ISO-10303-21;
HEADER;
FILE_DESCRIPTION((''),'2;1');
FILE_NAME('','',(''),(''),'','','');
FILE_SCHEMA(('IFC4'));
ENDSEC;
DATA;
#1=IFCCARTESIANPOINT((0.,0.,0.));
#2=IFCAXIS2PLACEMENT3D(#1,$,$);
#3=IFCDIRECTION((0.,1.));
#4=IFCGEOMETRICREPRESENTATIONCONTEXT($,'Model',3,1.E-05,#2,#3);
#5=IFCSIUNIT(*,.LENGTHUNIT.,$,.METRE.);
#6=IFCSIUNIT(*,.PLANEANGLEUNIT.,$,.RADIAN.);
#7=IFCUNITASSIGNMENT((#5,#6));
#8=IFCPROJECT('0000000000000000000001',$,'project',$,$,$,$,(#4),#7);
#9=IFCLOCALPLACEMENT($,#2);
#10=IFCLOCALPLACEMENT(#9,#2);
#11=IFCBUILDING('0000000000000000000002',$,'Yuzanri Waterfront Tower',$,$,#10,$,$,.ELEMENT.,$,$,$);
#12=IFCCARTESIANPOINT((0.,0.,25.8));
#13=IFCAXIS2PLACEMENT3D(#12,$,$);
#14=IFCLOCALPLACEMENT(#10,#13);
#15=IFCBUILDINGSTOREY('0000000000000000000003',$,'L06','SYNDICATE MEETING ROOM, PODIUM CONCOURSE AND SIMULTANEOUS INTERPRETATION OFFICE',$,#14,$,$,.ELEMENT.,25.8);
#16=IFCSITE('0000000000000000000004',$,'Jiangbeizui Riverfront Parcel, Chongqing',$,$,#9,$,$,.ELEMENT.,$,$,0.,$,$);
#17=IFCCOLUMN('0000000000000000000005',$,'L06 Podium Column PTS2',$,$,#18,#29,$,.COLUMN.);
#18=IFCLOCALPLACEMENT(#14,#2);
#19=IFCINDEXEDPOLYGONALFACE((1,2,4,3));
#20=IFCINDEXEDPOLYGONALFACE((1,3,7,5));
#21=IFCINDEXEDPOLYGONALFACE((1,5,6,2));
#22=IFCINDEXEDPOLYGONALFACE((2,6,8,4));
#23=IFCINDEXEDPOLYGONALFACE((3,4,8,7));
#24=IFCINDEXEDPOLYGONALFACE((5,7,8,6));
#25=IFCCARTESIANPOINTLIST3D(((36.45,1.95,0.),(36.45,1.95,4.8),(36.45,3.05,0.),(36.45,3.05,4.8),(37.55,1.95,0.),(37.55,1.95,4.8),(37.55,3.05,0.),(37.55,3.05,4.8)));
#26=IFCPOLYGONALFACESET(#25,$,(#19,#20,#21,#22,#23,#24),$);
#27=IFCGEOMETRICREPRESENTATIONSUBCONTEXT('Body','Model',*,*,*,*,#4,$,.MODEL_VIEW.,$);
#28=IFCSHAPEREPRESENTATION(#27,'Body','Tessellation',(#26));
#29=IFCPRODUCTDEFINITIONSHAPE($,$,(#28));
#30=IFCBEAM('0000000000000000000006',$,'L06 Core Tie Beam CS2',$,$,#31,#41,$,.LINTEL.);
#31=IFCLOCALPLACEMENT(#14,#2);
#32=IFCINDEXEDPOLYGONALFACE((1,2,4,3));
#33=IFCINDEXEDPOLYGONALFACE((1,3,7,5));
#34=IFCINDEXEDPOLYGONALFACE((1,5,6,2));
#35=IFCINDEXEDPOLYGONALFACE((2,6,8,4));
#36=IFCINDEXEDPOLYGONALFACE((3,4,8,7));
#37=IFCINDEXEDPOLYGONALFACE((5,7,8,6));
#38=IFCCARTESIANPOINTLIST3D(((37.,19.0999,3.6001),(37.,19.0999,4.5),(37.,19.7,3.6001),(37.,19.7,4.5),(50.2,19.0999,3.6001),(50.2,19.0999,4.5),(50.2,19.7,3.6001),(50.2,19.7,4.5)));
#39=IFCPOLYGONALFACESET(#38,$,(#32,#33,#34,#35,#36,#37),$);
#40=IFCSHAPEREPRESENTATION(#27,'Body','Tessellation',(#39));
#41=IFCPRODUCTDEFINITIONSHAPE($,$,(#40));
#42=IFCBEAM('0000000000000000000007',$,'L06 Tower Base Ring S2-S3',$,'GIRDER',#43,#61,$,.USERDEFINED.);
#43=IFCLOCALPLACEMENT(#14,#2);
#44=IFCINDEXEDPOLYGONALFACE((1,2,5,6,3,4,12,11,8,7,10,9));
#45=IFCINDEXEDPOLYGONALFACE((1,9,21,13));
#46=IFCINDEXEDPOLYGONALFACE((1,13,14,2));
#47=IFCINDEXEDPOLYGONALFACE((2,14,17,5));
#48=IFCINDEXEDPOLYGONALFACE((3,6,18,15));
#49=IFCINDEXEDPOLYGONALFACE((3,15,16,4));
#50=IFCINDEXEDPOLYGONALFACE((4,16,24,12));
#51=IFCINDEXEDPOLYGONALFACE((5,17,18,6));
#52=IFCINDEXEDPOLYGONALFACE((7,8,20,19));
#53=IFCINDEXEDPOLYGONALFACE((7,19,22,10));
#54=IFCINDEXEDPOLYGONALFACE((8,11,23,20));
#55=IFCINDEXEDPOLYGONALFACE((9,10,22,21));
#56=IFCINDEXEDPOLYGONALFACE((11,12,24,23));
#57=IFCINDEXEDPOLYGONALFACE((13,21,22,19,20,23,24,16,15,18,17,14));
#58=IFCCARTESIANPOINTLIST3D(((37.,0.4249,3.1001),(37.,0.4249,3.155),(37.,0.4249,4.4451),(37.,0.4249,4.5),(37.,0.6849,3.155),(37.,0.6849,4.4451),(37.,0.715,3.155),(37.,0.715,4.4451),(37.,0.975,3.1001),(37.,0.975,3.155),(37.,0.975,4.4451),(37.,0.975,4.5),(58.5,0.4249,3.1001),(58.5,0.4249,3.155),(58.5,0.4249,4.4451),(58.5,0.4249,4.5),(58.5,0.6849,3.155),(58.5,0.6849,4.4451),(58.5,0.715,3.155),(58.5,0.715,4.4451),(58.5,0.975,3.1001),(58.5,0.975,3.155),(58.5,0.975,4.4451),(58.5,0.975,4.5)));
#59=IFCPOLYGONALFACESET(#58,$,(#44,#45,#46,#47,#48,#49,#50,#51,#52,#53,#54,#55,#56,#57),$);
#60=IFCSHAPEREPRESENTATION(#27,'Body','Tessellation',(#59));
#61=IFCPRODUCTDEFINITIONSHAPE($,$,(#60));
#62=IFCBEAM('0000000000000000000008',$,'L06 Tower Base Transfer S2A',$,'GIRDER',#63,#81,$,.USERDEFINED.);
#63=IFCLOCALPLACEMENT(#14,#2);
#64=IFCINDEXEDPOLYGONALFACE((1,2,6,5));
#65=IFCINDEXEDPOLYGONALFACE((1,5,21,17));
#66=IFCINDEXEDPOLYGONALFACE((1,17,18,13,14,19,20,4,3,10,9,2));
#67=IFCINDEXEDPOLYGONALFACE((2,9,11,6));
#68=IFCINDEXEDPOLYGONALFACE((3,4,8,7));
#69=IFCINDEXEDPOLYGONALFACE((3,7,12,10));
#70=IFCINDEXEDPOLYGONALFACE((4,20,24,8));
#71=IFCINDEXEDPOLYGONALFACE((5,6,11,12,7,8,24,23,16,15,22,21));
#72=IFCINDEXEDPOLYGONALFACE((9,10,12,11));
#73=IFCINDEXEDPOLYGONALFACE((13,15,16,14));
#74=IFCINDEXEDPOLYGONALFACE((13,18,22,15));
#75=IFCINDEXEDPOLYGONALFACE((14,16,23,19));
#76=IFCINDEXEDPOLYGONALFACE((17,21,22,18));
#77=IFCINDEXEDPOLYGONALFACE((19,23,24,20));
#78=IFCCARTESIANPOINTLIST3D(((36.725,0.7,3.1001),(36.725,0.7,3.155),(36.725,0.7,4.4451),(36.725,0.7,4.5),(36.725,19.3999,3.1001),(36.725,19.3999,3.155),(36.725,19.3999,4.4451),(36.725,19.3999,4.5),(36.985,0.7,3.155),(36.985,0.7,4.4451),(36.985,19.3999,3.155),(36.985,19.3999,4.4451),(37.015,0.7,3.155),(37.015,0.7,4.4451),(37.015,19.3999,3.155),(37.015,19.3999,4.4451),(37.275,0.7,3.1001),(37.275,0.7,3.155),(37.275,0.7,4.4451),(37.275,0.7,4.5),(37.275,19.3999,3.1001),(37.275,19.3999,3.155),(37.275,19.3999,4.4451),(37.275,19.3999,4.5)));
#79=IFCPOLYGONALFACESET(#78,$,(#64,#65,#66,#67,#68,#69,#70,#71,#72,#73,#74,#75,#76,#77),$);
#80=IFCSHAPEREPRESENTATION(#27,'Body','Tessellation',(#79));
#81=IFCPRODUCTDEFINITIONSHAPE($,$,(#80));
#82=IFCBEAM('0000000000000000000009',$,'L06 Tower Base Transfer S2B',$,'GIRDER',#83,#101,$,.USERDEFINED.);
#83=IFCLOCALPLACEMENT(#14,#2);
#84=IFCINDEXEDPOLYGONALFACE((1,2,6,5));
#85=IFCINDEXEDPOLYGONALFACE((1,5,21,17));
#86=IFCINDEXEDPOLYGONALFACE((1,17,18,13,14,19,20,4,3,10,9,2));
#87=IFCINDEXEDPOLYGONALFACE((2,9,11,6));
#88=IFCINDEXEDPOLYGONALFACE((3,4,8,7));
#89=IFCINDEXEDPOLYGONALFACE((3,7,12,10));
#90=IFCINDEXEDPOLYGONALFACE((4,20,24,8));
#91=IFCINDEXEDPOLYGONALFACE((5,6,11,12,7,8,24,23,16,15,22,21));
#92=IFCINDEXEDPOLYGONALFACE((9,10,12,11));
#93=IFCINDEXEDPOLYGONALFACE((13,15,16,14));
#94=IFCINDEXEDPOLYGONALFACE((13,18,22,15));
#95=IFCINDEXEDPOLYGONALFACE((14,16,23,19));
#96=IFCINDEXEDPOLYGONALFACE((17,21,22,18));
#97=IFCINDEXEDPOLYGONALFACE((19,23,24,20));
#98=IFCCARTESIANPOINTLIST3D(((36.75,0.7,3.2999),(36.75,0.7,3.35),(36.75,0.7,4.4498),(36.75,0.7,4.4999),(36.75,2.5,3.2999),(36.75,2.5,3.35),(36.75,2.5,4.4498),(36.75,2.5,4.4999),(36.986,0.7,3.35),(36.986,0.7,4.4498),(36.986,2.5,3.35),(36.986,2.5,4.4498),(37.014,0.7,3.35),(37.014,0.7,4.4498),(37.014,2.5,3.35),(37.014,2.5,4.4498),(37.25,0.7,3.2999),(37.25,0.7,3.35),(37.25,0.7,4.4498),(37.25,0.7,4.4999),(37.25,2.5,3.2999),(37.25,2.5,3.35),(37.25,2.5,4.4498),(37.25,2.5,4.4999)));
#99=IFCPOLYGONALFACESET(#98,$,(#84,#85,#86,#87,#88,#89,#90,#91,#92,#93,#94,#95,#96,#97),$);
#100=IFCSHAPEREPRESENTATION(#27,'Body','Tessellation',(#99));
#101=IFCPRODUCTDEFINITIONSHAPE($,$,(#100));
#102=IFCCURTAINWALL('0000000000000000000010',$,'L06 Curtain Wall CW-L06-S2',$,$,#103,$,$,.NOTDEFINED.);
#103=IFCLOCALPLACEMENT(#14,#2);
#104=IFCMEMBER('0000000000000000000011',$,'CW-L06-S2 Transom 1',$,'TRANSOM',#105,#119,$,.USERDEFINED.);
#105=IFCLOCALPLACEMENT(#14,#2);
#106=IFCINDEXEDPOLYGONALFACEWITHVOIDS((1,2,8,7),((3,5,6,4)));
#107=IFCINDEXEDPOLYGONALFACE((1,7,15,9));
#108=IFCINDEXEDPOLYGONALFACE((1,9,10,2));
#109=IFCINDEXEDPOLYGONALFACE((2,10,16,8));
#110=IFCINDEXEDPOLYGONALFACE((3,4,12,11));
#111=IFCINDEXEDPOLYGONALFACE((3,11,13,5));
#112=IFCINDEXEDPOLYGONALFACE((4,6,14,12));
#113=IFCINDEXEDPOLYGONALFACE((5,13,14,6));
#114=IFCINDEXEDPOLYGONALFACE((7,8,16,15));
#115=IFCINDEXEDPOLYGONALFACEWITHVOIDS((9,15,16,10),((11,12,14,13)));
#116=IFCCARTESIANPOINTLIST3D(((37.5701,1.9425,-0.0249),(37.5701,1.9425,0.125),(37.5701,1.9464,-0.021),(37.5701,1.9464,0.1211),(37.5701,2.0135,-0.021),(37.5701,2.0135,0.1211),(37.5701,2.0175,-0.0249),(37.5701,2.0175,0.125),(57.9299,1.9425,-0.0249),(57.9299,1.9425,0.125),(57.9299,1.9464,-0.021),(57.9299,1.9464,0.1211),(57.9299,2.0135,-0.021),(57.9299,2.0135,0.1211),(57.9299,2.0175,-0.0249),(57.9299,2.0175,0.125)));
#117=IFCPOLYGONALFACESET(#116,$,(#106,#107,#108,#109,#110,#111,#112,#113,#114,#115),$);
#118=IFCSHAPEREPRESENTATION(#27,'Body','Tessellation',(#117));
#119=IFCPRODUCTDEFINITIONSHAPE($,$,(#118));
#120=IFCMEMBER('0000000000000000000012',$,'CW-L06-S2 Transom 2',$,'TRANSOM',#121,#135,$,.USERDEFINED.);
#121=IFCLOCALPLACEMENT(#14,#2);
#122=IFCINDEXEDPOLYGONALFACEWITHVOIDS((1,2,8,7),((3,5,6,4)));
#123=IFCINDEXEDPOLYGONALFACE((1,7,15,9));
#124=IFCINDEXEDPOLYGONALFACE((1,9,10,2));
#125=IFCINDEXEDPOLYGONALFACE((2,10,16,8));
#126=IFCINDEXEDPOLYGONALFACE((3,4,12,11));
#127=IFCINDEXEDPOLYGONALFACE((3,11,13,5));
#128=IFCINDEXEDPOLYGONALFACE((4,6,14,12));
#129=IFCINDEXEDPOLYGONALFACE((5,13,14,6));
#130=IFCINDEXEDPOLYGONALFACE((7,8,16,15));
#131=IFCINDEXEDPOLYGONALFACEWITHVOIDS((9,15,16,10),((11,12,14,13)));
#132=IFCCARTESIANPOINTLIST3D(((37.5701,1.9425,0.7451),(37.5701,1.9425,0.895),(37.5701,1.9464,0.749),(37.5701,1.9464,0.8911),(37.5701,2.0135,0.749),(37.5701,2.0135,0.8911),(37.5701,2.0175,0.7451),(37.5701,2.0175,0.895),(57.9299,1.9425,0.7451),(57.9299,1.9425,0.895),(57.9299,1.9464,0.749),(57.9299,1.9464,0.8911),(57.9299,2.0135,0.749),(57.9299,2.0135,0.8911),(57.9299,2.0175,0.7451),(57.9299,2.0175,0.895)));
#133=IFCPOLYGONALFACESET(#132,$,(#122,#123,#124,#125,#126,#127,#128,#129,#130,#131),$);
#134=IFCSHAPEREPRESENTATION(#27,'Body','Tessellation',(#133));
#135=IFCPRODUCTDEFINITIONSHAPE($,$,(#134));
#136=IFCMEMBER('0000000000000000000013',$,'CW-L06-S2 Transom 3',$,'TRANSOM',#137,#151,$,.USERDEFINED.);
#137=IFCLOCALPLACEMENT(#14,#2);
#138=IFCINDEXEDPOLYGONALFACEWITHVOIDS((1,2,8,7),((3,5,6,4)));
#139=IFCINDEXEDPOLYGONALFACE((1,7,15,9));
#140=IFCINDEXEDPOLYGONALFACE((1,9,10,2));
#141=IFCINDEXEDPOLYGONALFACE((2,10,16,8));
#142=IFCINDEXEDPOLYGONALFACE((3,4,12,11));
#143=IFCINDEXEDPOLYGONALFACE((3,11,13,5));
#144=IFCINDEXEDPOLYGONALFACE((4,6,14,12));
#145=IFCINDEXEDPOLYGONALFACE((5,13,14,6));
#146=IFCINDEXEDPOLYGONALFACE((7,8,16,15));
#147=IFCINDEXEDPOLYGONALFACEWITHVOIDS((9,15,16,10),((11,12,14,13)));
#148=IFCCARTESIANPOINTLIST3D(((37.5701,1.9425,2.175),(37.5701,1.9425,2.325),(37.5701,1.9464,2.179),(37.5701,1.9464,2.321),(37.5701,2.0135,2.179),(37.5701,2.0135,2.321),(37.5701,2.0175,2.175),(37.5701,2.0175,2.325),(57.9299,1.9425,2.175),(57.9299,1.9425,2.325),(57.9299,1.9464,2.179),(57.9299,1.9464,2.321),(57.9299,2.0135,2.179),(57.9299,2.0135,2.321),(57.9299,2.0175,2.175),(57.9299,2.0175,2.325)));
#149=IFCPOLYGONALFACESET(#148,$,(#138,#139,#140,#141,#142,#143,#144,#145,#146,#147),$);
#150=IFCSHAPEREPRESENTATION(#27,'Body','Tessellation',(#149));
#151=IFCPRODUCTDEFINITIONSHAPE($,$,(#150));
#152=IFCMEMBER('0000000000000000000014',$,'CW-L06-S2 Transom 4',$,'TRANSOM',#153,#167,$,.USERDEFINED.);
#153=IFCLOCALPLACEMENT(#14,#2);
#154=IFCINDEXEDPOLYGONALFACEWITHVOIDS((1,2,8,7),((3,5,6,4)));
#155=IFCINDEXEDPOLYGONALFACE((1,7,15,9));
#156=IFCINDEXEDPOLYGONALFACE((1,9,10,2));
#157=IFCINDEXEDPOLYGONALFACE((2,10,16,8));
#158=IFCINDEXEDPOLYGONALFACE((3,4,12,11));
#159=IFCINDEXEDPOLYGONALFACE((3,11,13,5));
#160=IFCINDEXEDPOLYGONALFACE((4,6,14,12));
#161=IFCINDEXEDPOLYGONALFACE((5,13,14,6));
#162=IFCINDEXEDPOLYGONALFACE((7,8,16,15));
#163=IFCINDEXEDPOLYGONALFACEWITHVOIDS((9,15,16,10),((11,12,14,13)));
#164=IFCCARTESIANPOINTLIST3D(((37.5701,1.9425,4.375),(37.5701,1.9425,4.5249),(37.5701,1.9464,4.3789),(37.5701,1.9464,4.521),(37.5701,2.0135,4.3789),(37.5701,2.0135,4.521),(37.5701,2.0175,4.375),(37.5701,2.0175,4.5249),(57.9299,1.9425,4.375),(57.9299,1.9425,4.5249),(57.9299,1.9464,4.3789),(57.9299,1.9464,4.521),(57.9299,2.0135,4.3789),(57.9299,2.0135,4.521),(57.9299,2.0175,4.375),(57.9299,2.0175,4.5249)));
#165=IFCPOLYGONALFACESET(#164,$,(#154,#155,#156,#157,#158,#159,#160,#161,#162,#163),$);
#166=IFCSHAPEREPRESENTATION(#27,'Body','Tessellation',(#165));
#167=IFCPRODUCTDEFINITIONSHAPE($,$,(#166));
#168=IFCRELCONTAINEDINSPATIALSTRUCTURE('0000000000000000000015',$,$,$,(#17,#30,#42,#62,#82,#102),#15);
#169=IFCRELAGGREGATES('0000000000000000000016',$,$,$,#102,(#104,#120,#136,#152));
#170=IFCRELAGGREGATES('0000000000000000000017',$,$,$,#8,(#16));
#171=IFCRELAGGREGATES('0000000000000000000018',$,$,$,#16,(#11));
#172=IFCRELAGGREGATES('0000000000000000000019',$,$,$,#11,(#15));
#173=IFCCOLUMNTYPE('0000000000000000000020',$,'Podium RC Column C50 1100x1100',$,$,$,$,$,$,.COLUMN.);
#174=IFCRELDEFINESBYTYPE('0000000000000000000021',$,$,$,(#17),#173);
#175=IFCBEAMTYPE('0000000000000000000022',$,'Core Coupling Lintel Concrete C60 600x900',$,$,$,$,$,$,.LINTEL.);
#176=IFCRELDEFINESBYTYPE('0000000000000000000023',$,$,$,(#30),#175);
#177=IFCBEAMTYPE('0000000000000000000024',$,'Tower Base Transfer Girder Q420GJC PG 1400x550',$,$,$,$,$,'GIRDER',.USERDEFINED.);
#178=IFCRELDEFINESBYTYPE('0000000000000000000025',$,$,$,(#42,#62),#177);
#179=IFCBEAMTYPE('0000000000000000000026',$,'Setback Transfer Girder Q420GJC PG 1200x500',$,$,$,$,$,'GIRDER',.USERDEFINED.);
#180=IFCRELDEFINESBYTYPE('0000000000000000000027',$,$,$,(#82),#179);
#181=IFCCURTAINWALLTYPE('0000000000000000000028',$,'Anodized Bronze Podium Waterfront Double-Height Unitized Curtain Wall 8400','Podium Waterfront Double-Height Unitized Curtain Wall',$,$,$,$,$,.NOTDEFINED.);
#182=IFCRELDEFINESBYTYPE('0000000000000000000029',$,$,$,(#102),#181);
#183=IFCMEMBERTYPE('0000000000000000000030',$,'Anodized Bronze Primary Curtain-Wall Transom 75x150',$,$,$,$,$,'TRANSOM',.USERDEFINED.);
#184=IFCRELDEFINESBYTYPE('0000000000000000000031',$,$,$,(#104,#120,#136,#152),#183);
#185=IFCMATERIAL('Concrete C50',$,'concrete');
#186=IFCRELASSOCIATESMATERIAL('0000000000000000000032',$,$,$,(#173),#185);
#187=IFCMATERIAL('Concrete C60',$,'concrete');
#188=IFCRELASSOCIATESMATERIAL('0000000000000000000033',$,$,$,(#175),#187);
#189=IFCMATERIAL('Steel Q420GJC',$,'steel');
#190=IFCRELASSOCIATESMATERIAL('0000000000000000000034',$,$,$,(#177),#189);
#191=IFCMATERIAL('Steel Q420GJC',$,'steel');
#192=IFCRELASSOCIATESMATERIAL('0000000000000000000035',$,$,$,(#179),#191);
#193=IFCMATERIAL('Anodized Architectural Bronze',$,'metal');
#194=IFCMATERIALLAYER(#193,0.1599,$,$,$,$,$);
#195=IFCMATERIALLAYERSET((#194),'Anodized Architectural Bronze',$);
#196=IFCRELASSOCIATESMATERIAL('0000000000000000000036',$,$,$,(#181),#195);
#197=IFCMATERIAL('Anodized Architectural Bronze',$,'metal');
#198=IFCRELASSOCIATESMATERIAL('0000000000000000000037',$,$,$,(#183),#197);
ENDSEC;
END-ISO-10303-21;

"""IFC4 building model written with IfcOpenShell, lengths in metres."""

from ifc_helpers import new_model, si_unit, direction, frame, origin, origin_2d, place, context, subcontext, project, spatial, rectangle, hollow_rectangle, i_section, extrude, source, transform, mapped, material, layer, layer_set, material_profile, profile_set, type_object, element, aggregate, save


model = new_model("IFC4")

# Units and contexts
model_context = context("Model", 3, precision=1e-05, world=origin(), true_north=direction((0.0, 1.0)))
body_context = subcontext(model_context, "Body", "Model", "MODEL_VIEW")
ifc_project = project(units=[si_unit("LENGTHUNIT", "METRE"), si_unit("PLANEANGLEUNIT", "RADIAN")], contexts=[model_context])

# Site, building, storey
site_placement = place(None, origin())
site = spatial("IfcSite", under=ifc_project, at=site_placement, Name="Jiangbeizui Riverfront Parcel, Chongqing", CompositionType="ELEMENT", RefElevation=0.0)
building_placement = place(site_placement, origin())
building = spatial("IfcBuilding", under=site, at=building_placement, Name="Yuzanri Waterfront Tower", CompositionType="ELEMENT")
storey_placement = place(building_placement, frame((0.0, 0.0, 25.8)))
storey = spatial("IfcBuildingStorey", under=building, at=storey_placement, Name="L06", Description="SYNDICATE MEETING ROOM, PODIUM CONCOURSE AND SIMULTANEOUS INTERPRETATION OFFICE", CompositionType="ELEMENT", Elevation=25.8)

# Column
ifc_material_1 = material(Name="Concrete C50", Category="concrete")
ifc_material_profile_1 = material_profile(ifc_material_1, rectangle(XDim=1.1001, YDim=1.1001, at=origin_2d()), Name="RC 1100x1100")
ifc_profile_set_1 = profile_set([ifc_material_profile_1], Name="Concrete C50")
column_type = type_object("IfcColumnType", Name="Podium RC Column C50 1100x1100", PredefinedType="COLUMN", material=ifc_profile_set_1)
shared_shape_1 = source(origin(), body_context, "Body", "SweptSolid", [
    extrude(rectangle(XDim=1.1001, YDim=1.1001, at=origin_2d()), origin(), (0.0, 0.0, 1.0), 4.8),
])
column_placement = place(storey_placement, frame((37.0, 2.5, 0.0), z_axis=(0.0, 0.0, 1.0), x_axis=(1.0, 0.0, 0.0)))
element("IfcColumn", 1, at=column_placement, inside=storey, type_object=column_type, Name="L06 Podium Column PTS2", PredefinedType="COLUMN", context=body_context, shape_type="MappedRepresentation", body=[
    mapped(shared_shape_1, transform((0.0, 0.0, 0.0), scale=1.0)),
])

# Beams
ifc_material_2 = material(Name="Concrete C60", Category="concrete")
ifc_material_profile_2 = material_profile(ifc_material_2, rectangle(XDim=0.6001, YDim=0.8999, at=origin_2d()), Name="RC 600x900")
ifc_profile_set_2 = profile_set([ifc_material_profile_2], Name="Concrete C60")
beam_type_1 = type_object("IfcBeamType", Name="Core Coupling Lintel Concrete C60 600x900", PredefinedType="LINTEL", material=ifc_profile_set_2)
shared_shape_2 = source(origin(), body_context, "Body", "SweptSolid", [
    extrude(rectangle(XDim=0.6001, YDim=0.8999, at=origin_2d()), origin(), (0.0, 0.0, 1.0), 13.2),
])
beam_1_placement = place(storey_placement, frame((37.0, 19.3999, 4.05), z_axis=(1.0, 0.0, 0.0), x_axis=(0.0, 1.0, 0.0)))
element("IfcBeam", 2, at=beam_1_placement, inside=storey, type_object=beam_type_1, Name="L06 Core Tie Beam CS2", PredefinedType="LINTEL", context=body_context, shape_type="MappedRepresentation", body=[
    mapped(shared_shape_2, transform((0.0, 0.0, 0.0), scale=1.0)),
])
ifc_material_3 = material(Name="Steel Q420GJC", Category="steel")
ifc_material_profile_3 = material_profile(ifc_material_3, i_section(OverallWidth=0.55, OverallDepth=1.3999, WebThickness=0.03, FlangeThickness=0.0549, at=origin_2d()), Name="PG 1400x550x30x55")
ifc_profile_set_3 = profile_set([ifc_material_profile_3], Name="Steel Q420GJC")
beam_type_2 = type_object("IfcBeamType", Name="Tower Base Transfer Girder Q420GJC PG 1400x550", ElementType="GIRDER", PredefinedType="USERDEFINED", material=ifc_profile_set_3)
shared_shape_3 = source(origin(), body_context, "Body", "SweptSolid", [
    extrude(i_section(OverallWidth=0.55, OverallDepth=1.3999, WebThickness=0.03, FlangeThickness=0.0549, at=origin_2d()), origin(), (0.0, 0.0, 1.0), 21.5),
])
beam_2_placement = place(storey_placement, frame((37.0, 0.7, 3.8), z_axis=(1.0, 0.0, 0.0), x_axis=(0.0, 1.0, 0.0)))
element("IfcBeam", 3, at=beam_2_placement, inside=storey, type_object=beam_type_2, Name="L06 Tower Base Ring S2-S3", ObjectType="GIRDER", PredefinedType="USERDEFINED", context=body_context, shape_type="MappedRepresentation", body=[
    mapped(shared_shape_3, transform((0.0, 0.0, 0.0), scale=1.0)),
])
shared_shape_4 = source(origin(), body_context, "Body", "SweptSolid", [
    extrude(i_section(OverallWidth=0.55, OverallDepth=1.3999, WebThickness=0.03, FlangeThickness=0.0549, at=origin_2d()), origin(), (0.0, 0.0, 1.0), 18.7),
])
beam_3_placement = place(storey_placement, frame((37.0, 19.3999, 3.8), z_axis=(0.0, -1.0, 0.0), x_axis=(1.0, 0.0, 0.0)))
element("IfcBeam", 4, at=beam_3_placement, inside=storey, type_object=beam_type_2, Name="L06 Tower Base Transfer S2A", ObjectType="GIRDER", PredefinedType="USERDEFINED", context=body_context, shape_type="MappedRepresentation", body=[
    mapped(shared_shape_4, transform((0.0, 0.0, 0.0), scale=1.0)),
])
ifc_material_4 = material(Name="Steel Q420GJC", Category="steel")
ifc_material_profile_4 = material_profile(ifc_material_4, i_section(OverallWidth=0.5, OverallDepth=1.2, WebThickness=0.0281, FlangeThickness=0.05, at=origin_2d()), Name="PG 1200x500x28x50")
ifc_profile_set_4 = profile_set([ifc_material_profile_4], Name="Steel Q420GJC")
beam_type_3 = type_object("IfcBeamType", Name="Setback Transfer Girder Q420GJC PG 1200x500", ElementType="GIRDER", PredefinedType="USERDEFINED", material=ifc_profile_set_4)
shared_shape_5 = source(origin(), body_context, "Body", "SweptSolid", [
    extrude(i_section(OverallWidth=0.5, OverallDepth=1.2, WebThickness=0.0281, FlangeThickness=0.05, at=origin_2d()), origin(), (0.0, 0.0, 1.0), 1.8),
])
beam_4_placement = place(storey_placement, frame((37.0, 0.7, 3.8999), z_axis=(0.0, 1.0, 0.0), x_axis=(-1.0, 0.0, 0.0)))
element("IfcBeam", 5, at=beam_4_placement, inside=storey, type_object=beam_type_3, Name="L06 Tower Base Transfer S2B", ObjectType="GIRDER", PredefinedType="USERDEFINED", context=body_context, shape_type="MappedRepresentation", body=[
    mapped(shared_shape_5, transform((0.0, 0.0, 0.0), scale=1.0)),
])

# Curtain wall, members
ifc_material_5 = material(Name="Anodized Architectural Bronze", Category="metal")
ifc_layer_1 = layer(ifc_material_5, 0.1599)
ifc_layer_set_1 = layer_set([ifc_layer_1], Name="Anodized Architectural Bronze")
curtain_wall_type = type_object("IfcCurtainWallType", Name="Anodized Bronze Podium Waterfront Double-Height Unitized Curtain Wall 8400", Description="Podium Waterfront Double-Height Unitized Curtain Wall", PredefinedType="NOTDEFINED", material=ifc_layer_set_1)
curtain_wall_placement = place(storey_placement, origin())
curtain_wall = element("IfcCurtainWall", 6, at=curtain_wall_placement, inside=storey, type_object=curtain_wall_type, Name="L06 Curtain Wall CW-L06-S2", PredefinedType="NOTDEFINED")
ifc_material_6 = material(Name="Anodized Architectural Bronze", Category="metal")
ifc_material_profile_5 = material_profile(ifc_material_6, hollow_rectangle(XDim=0.075, YDim=0.1499, WallThickness=0.0039, at=origin_2d()), Name="CWT 75x150")
ifc_profile_set_5 = profile_set([ifc_material_profile_5], Name="Anodized Architectural Bronze")
member_type_1 = type_object("IfcMemberType", Name="Anodized Bronze Primary Curtain-Wall Transom 75x150", ElementType="TRANSOM", PredefinedType="USERDEFINED", material=ifc_profile_set_5)
shared_shape_6 = source(origin(), body_context, "Body", "SweptSolid", [
    extrude(hollow_rectangle(XDim=0.075, YDim=0.1499, WallThickness=0.0039, at=origin_2d()), origin(), (0.0, 0.0, 1.0), 20.3599),
])
member_1_placement = place(storey_placement, frame((37.5701, 1.98, 0.05), z_axis=(1.0, 0.0, 0.0), x_axis=(0.0, 1.0, 0.0)))
member_1 = element("IfcMember", 7, at=member_1_placement, type_object=member_type_1, Name="CW-L06-S2 Transom 1", ObjectType="TRANSOM", PredefinedType="USERDEFINED", context=body_context, shape_type="MappedRepresentation", body=[
    mapped(shared_shape_6, transform((0.0, 0.0, 0.0), scale=1.0)),
])
member_2_placement = place(storey_placement, frame((37.5701, 1.98, 0.8201), z_axis=(1.0, 0.0, 0.0), x_axis=(0.0, 1.0, 0.0)))
member_2 = element("IfcMember", 8, at=member_2_placement, type_object=member_type_1, Name="CW-L06-S2 Transom 2", ObjectType="TRANSOM", PredefinedType="USERDEFINED", context=body_context, shape_type="MappedRepresentation", body=[
    mapped(shared_shape_6, transform((0.0, 0.0, 0.0), scale=1.0)),
])
member_3_placement = place(storey_placement, frame((37.5701, 1.98, 2.25), z_axis=(1.0, 0.0, 0.0), x_axis=(0.0, 1.0, 0.0)))
member_3 = element("IfcMember", 9, at=member_3_placement, type_object=member_type_1, Name="CW-L06-S2 Transom 3", ObjectType="TRANSOM", PredefinedType="USERDEFINED", context=body_context, shape_type="MappedRepresentation", body=[
    mapped(shared_shape_6, transform((0.0, 0.0, 0.0), scale=1.0)),
])
member_4_placement = place(storey_placement, frame((37.5701, 1.98, 4.45), z_axis=(1.0, 0.0, 0.0), x_axis=(0.0, 1.0, 0.0)))
member_4 = element("IfcMember", 10, at=member_4_placement, type_object=member_type_1, Name="CW-L06-S2 Transom 4", ObjectType="TRANSOM", PredefinedType="USERDEFINED", context=body_context, shape_type="MappedRepresentation", body=[
    mapped(shared_shape_6, transform((0.0, 0.0, 0.0), scale=1.0)),
])
aggregate(curtain_wall, [member_1, member_2, member_3, member_4])

save(model, "model.ifc")
